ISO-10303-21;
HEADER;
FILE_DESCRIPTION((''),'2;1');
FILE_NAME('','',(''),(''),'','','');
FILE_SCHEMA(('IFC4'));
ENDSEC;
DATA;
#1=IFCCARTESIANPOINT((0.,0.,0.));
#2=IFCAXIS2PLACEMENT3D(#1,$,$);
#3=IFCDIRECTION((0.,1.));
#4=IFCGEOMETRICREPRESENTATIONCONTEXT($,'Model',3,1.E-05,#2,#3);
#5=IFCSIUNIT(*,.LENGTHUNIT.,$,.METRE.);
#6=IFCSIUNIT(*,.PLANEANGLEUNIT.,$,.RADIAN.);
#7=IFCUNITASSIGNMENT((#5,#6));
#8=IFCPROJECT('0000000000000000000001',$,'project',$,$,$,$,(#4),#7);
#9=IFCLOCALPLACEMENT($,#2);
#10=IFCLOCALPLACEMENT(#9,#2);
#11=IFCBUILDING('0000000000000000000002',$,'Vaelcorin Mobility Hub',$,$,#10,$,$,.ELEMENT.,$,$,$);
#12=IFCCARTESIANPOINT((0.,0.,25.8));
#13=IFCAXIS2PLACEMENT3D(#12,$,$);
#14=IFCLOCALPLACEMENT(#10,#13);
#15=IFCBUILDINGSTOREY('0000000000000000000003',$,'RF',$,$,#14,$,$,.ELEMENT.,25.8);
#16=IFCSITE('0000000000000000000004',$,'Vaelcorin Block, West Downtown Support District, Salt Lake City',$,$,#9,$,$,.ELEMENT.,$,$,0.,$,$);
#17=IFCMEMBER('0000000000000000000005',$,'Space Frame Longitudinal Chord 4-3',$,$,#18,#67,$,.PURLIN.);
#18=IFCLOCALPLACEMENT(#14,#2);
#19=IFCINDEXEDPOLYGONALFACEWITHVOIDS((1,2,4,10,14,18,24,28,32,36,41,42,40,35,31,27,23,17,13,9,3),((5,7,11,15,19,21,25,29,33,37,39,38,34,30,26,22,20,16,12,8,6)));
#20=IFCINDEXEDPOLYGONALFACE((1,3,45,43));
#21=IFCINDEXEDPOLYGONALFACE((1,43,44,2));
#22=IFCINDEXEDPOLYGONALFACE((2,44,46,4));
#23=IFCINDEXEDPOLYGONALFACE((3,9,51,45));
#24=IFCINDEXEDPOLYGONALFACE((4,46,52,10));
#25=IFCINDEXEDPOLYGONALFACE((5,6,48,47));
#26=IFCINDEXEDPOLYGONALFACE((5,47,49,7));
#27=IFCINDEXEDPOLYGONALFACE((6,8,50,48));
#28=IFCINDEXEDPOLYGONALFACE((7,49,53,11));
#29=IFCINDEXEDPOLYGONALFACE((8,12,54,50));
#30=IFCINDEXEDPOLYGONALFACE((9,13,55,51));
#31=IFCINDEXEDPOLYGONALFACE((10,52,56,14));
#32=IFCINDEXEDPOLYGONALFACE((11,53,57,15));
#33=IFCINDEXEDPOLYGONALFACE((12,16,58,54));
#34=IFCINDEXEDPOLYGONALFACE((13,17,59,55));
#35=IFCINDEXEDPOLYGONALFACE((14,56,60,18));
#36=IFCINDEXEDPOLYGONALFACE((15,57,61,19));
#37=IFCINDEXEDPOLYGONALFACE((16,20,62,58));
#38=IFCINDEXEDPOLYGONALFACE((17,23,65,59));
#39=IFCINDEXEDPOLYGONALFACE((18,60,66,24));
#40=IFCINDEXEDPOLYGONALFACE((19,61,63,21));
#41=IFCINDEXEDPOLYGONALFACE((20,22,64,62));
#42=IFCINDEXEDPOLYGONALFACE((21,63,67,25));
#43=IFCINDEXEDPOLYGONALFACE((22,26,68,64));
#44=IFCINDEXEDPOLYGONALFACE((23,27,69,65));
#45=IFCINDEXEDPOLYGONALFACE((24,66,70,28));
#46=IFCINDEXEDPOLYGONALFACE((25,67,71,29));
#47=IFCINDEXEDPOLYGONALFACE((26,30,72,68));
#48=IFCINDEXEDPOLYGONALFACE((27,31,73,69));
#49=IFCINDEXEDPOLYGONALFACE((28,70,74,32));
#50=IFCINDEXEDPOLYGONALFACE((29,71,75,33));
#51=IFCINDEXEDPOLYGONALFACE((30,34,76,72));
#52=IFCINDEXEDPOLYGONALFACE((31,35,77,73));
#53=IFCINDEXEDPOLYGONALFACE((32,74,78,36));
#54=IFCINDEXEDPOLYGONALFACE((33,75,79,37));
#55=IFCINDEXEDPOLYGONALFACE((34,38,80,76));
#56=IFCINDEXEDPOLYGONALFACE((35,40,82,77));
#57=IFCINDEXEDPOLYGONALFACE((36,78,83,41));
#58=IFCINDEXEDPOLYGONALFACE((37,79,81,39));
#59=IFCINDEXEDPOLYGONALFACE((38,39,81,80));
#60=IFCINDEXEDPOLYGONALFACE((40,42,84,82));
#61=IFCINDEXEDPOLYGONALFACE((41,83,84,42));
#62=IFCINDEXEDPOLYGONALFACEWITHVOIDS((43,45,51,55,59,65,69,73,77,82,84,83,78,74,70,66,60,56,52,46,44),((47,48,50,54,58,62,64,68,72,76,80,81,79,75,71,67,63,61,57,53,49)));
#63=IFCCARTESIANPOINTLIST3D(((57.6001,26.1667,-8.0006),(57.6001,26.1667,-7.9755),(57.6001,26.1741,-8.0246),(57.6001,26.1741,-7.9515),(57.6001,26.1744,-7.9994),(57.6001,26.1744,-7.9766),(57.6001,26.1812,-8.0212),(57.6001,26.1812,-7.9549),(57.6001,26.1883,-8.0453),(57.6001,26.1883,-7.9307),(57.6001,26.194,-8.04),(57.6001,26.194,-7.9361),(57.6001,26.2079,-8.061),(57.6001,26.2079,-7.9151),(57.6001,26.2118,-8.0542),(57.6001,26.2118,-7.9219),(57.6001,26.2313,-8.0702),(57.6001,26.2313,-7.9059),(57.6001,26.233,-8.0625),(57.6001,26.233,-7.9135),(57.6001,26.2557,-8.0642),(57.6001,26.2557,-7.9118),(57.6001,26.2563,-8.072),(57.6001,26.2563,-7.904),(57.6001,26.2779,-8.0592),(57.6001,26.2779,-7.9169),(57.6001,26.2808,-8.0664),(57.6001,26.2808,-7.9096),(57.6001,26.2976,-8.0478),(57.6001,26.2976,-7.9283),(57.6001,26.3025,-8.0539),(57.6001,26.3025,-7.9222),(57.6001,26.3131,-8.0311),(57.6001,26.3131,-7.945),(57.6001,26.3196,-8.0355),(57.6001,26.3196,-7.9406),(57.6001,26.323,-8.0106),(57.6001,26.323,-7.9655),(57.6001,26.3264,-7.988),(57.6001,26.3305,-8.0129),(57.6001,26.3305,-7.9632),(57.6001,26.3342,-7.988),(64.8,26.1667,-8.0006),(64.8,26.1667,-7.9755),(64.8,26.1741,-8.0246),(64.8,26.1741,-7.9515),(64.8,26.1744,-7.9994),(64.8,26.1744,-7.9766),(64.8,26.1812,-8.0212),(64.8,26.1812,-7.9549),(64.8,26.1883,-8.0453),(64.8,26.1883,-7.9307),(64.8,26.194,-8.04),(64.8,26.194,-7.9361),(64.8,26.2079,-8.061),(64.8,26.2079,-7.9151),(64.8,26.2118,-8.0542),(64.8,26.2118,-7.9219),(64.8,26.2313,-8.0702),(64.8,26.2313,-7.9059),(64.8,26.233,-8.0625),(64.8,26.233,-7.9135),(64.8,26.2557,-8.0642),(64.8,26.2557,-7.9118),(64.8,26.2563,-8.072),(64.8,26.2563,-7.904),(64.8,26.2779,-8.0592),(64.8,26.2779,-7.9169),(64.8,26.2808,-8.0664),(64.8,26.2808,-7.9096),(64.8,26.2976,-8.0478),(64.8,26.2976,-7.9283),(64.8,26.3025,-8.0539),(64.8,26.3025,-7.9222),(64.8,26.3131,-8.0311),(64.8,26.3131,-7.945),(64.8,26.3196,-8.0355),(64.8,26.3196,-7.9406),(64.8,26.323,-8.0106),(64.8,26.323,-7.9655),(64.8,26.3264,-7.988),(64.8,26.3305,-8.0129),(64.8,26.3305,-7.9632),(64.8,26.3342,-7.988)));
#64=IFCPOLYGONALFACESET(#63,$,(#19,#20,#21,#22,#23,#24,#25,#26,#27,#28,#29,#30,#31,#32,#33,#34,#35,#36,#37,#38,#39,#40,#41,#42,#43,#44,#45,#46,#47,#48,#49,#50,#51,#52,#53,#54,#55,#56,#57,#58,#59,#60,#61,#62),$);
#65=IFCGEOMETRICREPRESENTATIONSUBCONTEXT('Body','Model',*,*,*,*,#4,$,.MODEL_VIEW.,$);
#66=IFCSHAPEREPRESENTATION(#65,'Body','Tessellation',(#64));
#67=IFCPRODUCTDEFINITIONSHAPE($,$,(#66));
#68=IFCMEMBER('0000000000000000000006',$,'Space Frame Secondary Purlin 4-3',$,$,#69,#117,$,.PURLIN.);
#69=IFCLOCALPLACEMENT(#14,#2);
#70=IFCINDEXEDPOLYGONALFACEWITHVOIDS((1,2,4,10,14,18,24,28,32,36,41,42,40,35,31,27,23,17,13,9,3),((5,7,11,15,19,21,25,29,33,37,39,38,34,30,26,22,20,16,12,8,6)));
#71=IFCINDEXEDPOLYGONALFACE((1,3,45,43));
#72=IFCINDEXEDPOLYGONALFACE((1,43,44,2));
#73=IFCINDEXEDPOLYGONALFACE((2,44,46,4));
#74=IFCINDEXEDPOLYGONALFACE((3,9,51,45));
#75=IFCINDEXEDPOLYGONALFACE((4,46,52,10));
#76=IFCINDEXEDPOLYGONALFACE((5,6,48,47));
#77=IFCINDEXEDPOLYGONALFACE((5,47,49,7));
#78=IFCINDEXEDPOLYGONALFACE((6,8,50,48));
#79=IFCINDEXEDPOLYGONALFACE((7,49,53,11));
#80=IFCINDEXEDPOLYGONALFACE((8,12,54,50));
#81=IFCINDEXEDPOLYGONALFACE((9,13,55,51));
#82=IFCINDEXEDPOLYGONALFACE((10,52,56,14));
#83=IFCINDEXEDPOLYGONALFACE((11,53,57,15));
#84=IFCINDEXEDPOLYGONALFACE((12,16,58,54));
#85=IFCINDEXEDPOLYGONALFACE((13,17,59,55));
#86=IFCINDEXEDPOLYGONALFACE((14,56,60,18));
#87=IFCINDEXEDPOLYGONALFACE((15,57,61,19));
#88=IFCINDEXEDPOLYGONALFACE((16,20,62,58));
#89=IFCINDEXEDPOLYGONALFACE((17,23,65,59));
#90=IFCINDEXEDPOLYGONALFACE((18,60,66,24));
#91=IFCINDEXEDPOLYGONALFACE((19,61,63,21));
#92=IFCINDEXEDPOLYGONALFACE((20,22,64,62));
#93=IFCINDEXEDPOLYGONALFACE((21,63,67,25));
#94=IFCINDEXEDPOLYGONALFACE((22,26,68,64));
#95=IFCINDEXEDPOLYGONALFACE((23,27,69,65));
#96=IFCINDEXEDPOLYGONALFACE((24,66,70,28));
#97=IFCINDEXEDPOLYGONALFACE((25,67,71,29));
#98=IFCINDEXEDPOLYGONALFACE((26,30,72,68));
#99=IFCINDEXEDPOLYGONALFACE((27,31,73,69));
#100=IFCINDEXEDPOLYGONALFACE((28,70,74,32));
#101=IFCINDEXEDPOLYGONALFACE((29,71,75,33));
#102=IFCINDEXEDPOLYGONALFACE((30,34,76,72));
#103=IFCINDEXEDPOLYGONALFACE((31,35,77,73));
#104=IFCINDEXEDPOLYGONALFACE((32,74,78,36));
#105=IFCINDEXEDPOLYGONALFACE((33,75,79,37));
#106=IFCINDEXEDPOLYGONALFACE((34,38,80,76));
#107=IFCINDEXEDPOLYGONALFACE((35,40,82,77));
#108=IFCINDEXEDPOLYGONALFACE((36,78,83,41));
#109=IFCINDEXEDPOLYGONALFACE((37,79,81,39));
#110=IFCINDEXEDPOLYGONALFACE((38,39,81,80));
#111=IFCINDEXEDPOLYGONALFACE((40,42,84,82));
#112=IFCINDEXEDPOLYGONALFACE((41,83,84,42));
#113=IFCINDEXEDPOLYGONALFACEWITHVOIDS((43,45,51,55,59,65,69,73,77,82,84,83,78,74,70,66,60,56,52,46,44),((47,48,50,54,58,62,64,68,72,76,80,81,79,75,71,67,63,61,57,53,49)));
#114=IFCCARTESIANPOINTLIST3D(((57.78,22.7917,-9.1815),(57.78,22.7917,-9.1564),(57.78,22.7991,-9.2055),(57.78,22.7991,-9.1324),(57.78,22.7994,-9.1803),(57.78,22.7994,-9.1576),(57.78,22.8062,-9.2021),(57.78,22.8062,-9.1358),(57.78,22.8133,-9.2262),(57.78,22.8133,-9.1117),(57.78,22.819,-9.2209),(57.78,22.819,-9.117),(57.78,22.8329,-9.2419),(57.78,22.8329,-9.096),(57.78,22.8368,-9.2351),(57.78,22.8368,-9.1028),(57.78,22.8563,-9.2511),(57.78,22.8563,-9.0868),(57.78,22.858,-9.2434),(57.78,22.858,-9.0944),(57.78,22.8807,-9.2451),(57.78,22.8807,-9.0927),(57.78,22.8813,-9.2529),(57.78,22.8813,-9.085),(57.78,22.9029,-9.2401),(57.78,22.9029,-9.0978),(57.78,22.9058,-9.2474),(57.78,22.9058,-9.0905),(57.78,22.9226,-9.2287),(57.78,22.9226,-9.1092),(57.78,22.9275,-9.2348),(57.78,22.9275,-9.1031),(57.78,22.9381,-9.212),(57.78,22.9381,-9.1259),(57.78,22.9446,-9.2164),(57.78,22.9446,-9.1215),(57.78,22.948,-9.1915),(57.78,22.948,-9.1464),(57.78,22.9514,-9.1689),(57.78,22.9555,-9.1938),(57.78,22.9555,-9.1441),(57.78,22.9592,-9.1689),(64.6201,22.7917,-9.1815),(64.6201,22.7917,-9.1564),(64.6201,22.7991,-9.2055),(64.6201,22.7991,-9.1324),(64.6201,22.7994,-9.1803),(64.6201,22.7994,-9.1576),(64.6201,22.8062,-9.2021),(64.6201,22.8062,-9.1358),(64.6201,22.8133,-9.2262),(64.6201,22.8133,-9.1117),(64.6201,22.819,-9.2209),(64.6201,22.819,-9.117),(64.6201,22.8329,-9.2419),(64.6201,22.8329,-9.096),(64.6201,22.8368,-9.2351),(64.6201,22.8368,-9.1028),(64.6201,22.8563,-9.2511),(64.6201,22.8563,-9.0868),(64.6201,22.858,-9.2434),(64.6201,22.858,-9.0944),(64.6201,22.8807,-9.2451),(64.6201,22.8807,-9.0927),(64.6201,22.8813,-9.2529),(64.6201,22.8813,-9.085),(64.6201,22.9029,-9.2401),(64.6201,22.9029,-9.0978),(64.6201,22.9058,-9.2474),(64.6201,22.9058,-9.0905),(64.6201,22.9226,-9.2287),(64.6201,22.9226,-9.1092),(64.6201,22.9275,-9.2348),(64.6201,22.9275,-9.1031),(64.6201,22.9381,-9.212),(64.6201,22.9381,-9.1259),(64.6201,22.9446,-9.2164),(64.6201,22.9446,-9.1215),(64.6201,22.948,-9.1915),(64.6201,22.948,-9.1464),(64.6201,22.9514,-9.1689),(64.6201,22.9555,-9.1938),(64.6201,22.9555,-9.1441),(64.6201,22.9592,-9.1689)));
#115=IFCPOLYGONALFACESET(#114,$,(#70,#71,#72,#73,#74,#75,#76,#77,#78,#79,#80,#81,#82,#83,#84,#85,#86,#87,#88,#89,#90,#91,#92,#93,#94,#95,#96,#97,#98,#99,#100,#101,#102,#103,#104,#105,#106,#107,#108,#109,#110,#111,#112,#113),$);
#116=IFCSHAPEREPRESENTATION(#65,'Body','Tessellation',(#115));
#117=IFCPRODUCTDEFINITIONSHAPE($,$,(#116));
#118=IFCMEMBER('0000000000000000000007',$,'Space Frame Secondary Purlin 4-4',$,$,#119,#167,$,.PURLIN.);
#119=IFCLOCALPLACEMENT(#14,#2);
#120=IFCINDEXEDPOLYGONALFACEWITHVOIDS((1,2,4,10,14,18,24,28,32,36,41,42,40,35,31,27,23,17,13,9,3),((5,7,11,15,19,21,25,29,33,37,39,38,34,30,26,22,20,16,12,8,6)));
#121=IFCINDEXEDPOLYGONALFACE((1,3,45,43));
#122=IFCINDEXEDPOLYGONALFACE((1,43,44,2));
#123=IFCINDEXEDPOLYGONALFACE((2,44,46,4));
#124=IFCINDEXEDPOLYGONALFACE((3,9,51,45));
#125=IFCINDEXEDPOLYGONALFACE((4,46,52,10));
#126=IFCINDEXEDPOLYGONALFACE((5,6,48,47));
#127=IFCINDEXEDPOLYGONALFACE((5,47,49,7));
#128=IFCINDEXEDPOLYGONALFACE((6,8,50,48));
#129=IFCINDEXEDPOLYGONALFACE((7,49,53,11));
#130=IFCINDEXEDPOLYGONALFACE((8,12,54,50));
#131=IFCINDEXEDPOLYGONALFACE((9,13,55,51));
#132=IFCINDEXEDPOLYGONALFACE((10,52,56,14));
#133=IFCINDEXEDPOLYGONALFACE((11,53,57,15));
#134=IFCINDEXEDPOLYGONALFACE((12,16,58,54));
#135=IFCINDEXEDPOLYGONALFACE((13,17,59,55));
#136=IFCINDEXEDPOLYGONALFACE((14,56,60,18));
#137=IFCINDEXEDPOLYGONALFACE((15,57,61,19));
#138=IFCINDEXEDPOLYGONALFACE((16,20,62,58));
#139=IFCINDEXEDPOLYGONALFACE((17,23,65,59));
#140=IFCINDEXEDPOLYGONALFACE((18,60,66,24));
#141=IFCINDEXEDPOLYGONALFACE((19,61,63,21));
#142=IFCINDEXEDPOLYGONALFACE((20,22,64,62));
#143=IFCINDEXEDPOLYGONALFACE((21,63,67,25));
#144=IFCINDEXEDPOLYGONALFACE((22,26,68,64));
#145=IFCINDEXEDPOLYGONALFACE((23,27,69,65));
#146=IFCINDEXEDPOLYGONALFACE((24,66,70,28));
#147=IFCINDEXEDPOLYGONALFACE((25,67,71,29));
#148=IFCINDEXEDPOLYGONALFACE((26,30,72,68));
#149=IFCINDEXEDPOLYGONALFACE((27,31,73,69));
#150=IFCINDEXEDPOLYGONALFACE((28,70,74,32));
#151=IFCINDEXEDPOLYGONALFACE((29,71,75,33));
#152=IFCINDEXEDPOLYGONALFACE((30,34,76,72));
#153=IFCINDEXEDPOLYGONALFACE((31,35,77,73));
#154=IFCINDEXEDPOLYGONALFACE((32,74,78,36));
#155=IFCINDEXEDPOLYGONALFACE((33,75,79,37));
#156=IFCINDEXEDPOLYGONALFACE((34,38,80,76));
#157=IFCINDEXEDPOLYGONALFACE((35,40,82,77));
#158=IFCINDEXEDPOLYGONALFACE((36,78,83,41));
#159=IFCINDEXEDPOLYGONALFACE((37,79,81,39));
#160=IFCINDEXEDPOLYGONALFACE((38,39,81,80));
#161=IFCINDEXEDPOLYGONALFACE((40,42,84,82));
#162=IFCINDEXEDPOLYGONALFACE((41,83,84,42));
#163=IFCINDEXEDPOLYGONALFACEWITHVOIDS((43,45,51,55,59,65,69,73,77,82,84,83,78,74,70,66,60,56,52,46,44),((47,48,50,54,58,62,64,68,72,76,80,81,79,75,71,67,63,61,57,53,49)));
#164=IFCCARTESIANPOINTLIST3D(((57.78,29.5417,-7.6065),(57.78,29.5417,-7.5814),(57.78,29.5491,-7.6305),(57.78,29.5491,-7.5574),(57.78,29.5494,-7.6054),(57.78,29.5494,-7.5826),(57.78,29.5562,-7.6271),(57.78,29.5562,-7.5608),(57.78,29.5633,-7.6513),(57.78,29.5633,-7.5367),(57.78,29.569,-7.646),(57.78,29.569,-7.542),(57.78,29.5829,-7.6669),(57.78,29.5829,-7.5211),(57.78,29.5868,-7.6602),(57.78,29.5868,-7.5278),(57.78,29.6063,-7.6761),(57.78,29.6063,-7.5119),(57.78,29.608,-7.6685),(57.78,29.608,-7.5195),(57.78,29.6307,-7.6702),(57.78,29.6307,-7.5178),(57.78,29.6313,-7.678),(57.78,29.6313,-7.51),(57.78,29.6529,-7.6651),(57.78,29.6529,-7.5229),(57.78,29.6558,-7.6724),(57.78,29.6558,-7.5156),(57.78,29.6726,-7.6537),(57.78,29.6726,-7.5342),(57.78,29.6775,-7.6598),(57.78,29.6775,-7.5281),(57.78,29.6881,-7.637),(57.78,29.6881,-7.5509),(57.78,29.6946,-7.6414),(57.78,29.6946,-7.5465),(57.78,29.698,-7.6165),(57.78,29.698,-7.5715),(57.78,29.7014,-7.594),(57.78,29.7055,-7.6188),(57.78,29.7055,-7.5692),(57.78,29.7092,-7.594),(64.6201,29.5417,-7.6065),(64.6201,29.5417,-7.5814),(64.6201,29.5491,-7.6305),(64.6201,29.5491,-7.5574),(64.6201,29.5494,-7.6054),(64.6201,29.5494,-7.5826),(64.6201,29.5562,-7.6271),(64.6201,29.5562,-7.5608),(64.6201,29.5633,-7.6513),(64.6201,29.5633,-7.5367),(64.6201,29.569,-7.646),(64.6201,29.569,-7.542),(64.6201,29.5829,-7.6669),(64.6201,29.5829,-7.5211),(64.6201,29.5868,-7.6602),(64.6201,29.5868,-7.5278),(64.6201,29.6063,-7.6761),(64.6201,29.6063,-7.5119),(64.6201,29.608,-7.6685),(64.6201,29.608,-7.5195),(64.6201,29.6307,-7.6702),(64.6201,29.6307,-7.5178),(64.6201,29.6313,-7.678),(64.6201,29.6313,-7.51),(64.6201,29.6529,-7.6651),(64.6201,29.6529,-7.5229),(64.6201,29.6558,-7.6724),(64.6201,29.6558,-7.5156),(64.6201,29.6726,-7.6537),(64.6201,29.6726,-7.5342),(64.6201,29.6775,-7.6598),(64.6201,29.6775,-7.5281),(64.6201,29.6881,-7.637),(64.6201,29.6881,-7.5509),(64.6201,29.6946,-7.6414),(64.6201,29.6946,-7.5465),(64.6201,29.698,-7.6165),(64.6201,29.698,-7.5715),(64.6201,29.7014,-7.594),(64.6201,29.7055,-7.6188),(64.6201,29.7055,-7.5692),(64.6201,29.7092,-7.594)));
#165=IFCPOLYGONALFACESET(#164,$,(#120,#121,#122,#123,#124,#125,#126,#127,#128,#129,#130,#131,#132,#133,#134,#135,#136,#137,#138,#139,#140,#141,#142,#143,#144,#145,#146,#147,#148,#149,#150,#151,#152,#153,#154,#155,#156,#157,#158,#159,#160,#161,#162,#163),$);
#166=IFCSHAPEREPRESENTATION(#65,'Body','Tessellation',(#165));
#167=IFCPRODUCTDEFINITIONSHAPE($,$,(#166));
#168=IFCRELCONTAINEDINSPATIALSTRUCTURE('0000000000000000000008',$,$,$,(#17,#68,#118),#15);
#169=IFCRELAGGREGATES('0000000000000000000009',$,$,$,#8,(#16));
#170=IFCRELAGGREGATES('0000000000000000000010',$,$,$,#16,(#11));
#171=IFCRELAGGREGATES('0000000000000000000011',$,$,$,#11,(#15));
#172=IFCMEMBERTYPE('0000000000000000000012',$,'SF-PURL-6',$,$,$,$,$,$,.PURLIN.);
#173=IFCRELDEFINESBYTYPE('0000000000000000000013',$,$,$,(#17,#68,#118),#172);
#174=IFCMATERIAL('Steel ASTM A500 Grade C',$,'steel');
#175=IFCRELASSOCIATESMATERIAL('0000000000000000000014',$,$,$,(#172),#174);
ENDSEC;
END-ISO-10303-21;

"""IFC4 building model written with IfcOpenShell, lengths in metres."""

from ifc_helpers import new_model, si_unit, direction, frame, origin, origin_2d, place, context, subcontext, project, spatial, hollow_circle, extrude, material, material_profile, profile_set, type_object, element, save


model = new_model("IFC4")

# Units and contexts
model_context = context("Model", 3, precision=1e-05, world=origin(), true_north=direction((0.0, 1.0)))
body_context = subcontext(model_context, "Body", "Model", "MODEL_VIEW")
ifc_project = project(units=[si_unit("LENGTHUNIT", "METRE"), si_unit("PLANEANGLEUNIT", "RADIAN")], contexts=[model_context])

# Site, building, storey
site_placement = place(None, origin())
site = spatial("IfcSite", under=ifc_project, at=site_placement, Name="Vaelcorin Block, West Downtown Support District, Salt Lake City", CompositionType="ELEMENT", RefElevation=0.0)
building_placement = place(site_placement, origin())
building = spatial("IfcBuilding", under=site, at=building_placement, Name="Vaelcorin Mobility Hub", CompositionType="ELEMENT")
storey_placement = place(building_placement, frame((0.0, 0.0, 25.8)))
storey = spatial("IfcBuildingStorey", under=building, at=storey_placement, Name="RF", CompositionType="ELEMENT", Elevation=25.8)

# Members
ifc_material_1 = material(Name="Steel ASTM A500 Grade C", Category="steel")
ifc_material_profile_1 = material_profile(ifc_material_1, hollow_circle(Radius=0.0842, WallThickness=0.0078, at=origin_2d()), Name="HSS6.625X0.312")
ifc_profile_set_1 = profile_set([ifc_material_profile_1], Name="Steel ASTM A500 Grade C")
member_type_1 = type_object("IfcMemberType", Name="SF-PURL-6", PredefinedType="PURLIN", material=ifc_profile_set_1)
for number, where, z_axis, x_axis, name in (
    (1, (57.6001, 26.25, -7.988), (1.0, 0.0, 0.0), (0.0, 1.0, 0.0), "Space Frame Longitudinal Chord 4-3"),
):
    element("IfcMember", number, at=place(storey_placement, frame(where, z_axis=z_axis, x_axis=x_axis)), inside=storey, type_object=member_type_1, Name=name, PredefinedType="PURLIN", context=body_context, shape_type="SweptSolid", body=[
        extrude(hollow_circle(Radius=0.0842, WallThickness=0.0078, at=origin_2d()), origin(), (0.0, 0.0, 1.0), 7.2),
    ])
for number, where, z_axis, x_axis, name in (
    (2, (57.78, 22.875, -9.1689), (1.0, 0.0, 0.0), (0.0, 1.0, 0.0), "Space Frame Secondary Purlin 4-3"),
    (3, (57.78, 29.625, -7.594), (1.0, 0.0, 0.0), (0.0, 1.0, 0.0), "Space Frame Secondary Purlin 4-4"),
):
    element("IfcMember", number, at=place(storey_placement, frame(where, z_axis=z_axis, x_axis=x_axis)), inside=storey, type_object=member_type_1, Name=name, PredefinedType="PURLIN", context=body_context, shape_type="SweptSolid", body=[
        extrude(hollow_circle(Radius=0.0842, WallThickness=0.0078, at=origin_2d()), origin(), (0.0, 0.0, 1.0), 6.8401),
    ])

save(model, "model.ifc")
